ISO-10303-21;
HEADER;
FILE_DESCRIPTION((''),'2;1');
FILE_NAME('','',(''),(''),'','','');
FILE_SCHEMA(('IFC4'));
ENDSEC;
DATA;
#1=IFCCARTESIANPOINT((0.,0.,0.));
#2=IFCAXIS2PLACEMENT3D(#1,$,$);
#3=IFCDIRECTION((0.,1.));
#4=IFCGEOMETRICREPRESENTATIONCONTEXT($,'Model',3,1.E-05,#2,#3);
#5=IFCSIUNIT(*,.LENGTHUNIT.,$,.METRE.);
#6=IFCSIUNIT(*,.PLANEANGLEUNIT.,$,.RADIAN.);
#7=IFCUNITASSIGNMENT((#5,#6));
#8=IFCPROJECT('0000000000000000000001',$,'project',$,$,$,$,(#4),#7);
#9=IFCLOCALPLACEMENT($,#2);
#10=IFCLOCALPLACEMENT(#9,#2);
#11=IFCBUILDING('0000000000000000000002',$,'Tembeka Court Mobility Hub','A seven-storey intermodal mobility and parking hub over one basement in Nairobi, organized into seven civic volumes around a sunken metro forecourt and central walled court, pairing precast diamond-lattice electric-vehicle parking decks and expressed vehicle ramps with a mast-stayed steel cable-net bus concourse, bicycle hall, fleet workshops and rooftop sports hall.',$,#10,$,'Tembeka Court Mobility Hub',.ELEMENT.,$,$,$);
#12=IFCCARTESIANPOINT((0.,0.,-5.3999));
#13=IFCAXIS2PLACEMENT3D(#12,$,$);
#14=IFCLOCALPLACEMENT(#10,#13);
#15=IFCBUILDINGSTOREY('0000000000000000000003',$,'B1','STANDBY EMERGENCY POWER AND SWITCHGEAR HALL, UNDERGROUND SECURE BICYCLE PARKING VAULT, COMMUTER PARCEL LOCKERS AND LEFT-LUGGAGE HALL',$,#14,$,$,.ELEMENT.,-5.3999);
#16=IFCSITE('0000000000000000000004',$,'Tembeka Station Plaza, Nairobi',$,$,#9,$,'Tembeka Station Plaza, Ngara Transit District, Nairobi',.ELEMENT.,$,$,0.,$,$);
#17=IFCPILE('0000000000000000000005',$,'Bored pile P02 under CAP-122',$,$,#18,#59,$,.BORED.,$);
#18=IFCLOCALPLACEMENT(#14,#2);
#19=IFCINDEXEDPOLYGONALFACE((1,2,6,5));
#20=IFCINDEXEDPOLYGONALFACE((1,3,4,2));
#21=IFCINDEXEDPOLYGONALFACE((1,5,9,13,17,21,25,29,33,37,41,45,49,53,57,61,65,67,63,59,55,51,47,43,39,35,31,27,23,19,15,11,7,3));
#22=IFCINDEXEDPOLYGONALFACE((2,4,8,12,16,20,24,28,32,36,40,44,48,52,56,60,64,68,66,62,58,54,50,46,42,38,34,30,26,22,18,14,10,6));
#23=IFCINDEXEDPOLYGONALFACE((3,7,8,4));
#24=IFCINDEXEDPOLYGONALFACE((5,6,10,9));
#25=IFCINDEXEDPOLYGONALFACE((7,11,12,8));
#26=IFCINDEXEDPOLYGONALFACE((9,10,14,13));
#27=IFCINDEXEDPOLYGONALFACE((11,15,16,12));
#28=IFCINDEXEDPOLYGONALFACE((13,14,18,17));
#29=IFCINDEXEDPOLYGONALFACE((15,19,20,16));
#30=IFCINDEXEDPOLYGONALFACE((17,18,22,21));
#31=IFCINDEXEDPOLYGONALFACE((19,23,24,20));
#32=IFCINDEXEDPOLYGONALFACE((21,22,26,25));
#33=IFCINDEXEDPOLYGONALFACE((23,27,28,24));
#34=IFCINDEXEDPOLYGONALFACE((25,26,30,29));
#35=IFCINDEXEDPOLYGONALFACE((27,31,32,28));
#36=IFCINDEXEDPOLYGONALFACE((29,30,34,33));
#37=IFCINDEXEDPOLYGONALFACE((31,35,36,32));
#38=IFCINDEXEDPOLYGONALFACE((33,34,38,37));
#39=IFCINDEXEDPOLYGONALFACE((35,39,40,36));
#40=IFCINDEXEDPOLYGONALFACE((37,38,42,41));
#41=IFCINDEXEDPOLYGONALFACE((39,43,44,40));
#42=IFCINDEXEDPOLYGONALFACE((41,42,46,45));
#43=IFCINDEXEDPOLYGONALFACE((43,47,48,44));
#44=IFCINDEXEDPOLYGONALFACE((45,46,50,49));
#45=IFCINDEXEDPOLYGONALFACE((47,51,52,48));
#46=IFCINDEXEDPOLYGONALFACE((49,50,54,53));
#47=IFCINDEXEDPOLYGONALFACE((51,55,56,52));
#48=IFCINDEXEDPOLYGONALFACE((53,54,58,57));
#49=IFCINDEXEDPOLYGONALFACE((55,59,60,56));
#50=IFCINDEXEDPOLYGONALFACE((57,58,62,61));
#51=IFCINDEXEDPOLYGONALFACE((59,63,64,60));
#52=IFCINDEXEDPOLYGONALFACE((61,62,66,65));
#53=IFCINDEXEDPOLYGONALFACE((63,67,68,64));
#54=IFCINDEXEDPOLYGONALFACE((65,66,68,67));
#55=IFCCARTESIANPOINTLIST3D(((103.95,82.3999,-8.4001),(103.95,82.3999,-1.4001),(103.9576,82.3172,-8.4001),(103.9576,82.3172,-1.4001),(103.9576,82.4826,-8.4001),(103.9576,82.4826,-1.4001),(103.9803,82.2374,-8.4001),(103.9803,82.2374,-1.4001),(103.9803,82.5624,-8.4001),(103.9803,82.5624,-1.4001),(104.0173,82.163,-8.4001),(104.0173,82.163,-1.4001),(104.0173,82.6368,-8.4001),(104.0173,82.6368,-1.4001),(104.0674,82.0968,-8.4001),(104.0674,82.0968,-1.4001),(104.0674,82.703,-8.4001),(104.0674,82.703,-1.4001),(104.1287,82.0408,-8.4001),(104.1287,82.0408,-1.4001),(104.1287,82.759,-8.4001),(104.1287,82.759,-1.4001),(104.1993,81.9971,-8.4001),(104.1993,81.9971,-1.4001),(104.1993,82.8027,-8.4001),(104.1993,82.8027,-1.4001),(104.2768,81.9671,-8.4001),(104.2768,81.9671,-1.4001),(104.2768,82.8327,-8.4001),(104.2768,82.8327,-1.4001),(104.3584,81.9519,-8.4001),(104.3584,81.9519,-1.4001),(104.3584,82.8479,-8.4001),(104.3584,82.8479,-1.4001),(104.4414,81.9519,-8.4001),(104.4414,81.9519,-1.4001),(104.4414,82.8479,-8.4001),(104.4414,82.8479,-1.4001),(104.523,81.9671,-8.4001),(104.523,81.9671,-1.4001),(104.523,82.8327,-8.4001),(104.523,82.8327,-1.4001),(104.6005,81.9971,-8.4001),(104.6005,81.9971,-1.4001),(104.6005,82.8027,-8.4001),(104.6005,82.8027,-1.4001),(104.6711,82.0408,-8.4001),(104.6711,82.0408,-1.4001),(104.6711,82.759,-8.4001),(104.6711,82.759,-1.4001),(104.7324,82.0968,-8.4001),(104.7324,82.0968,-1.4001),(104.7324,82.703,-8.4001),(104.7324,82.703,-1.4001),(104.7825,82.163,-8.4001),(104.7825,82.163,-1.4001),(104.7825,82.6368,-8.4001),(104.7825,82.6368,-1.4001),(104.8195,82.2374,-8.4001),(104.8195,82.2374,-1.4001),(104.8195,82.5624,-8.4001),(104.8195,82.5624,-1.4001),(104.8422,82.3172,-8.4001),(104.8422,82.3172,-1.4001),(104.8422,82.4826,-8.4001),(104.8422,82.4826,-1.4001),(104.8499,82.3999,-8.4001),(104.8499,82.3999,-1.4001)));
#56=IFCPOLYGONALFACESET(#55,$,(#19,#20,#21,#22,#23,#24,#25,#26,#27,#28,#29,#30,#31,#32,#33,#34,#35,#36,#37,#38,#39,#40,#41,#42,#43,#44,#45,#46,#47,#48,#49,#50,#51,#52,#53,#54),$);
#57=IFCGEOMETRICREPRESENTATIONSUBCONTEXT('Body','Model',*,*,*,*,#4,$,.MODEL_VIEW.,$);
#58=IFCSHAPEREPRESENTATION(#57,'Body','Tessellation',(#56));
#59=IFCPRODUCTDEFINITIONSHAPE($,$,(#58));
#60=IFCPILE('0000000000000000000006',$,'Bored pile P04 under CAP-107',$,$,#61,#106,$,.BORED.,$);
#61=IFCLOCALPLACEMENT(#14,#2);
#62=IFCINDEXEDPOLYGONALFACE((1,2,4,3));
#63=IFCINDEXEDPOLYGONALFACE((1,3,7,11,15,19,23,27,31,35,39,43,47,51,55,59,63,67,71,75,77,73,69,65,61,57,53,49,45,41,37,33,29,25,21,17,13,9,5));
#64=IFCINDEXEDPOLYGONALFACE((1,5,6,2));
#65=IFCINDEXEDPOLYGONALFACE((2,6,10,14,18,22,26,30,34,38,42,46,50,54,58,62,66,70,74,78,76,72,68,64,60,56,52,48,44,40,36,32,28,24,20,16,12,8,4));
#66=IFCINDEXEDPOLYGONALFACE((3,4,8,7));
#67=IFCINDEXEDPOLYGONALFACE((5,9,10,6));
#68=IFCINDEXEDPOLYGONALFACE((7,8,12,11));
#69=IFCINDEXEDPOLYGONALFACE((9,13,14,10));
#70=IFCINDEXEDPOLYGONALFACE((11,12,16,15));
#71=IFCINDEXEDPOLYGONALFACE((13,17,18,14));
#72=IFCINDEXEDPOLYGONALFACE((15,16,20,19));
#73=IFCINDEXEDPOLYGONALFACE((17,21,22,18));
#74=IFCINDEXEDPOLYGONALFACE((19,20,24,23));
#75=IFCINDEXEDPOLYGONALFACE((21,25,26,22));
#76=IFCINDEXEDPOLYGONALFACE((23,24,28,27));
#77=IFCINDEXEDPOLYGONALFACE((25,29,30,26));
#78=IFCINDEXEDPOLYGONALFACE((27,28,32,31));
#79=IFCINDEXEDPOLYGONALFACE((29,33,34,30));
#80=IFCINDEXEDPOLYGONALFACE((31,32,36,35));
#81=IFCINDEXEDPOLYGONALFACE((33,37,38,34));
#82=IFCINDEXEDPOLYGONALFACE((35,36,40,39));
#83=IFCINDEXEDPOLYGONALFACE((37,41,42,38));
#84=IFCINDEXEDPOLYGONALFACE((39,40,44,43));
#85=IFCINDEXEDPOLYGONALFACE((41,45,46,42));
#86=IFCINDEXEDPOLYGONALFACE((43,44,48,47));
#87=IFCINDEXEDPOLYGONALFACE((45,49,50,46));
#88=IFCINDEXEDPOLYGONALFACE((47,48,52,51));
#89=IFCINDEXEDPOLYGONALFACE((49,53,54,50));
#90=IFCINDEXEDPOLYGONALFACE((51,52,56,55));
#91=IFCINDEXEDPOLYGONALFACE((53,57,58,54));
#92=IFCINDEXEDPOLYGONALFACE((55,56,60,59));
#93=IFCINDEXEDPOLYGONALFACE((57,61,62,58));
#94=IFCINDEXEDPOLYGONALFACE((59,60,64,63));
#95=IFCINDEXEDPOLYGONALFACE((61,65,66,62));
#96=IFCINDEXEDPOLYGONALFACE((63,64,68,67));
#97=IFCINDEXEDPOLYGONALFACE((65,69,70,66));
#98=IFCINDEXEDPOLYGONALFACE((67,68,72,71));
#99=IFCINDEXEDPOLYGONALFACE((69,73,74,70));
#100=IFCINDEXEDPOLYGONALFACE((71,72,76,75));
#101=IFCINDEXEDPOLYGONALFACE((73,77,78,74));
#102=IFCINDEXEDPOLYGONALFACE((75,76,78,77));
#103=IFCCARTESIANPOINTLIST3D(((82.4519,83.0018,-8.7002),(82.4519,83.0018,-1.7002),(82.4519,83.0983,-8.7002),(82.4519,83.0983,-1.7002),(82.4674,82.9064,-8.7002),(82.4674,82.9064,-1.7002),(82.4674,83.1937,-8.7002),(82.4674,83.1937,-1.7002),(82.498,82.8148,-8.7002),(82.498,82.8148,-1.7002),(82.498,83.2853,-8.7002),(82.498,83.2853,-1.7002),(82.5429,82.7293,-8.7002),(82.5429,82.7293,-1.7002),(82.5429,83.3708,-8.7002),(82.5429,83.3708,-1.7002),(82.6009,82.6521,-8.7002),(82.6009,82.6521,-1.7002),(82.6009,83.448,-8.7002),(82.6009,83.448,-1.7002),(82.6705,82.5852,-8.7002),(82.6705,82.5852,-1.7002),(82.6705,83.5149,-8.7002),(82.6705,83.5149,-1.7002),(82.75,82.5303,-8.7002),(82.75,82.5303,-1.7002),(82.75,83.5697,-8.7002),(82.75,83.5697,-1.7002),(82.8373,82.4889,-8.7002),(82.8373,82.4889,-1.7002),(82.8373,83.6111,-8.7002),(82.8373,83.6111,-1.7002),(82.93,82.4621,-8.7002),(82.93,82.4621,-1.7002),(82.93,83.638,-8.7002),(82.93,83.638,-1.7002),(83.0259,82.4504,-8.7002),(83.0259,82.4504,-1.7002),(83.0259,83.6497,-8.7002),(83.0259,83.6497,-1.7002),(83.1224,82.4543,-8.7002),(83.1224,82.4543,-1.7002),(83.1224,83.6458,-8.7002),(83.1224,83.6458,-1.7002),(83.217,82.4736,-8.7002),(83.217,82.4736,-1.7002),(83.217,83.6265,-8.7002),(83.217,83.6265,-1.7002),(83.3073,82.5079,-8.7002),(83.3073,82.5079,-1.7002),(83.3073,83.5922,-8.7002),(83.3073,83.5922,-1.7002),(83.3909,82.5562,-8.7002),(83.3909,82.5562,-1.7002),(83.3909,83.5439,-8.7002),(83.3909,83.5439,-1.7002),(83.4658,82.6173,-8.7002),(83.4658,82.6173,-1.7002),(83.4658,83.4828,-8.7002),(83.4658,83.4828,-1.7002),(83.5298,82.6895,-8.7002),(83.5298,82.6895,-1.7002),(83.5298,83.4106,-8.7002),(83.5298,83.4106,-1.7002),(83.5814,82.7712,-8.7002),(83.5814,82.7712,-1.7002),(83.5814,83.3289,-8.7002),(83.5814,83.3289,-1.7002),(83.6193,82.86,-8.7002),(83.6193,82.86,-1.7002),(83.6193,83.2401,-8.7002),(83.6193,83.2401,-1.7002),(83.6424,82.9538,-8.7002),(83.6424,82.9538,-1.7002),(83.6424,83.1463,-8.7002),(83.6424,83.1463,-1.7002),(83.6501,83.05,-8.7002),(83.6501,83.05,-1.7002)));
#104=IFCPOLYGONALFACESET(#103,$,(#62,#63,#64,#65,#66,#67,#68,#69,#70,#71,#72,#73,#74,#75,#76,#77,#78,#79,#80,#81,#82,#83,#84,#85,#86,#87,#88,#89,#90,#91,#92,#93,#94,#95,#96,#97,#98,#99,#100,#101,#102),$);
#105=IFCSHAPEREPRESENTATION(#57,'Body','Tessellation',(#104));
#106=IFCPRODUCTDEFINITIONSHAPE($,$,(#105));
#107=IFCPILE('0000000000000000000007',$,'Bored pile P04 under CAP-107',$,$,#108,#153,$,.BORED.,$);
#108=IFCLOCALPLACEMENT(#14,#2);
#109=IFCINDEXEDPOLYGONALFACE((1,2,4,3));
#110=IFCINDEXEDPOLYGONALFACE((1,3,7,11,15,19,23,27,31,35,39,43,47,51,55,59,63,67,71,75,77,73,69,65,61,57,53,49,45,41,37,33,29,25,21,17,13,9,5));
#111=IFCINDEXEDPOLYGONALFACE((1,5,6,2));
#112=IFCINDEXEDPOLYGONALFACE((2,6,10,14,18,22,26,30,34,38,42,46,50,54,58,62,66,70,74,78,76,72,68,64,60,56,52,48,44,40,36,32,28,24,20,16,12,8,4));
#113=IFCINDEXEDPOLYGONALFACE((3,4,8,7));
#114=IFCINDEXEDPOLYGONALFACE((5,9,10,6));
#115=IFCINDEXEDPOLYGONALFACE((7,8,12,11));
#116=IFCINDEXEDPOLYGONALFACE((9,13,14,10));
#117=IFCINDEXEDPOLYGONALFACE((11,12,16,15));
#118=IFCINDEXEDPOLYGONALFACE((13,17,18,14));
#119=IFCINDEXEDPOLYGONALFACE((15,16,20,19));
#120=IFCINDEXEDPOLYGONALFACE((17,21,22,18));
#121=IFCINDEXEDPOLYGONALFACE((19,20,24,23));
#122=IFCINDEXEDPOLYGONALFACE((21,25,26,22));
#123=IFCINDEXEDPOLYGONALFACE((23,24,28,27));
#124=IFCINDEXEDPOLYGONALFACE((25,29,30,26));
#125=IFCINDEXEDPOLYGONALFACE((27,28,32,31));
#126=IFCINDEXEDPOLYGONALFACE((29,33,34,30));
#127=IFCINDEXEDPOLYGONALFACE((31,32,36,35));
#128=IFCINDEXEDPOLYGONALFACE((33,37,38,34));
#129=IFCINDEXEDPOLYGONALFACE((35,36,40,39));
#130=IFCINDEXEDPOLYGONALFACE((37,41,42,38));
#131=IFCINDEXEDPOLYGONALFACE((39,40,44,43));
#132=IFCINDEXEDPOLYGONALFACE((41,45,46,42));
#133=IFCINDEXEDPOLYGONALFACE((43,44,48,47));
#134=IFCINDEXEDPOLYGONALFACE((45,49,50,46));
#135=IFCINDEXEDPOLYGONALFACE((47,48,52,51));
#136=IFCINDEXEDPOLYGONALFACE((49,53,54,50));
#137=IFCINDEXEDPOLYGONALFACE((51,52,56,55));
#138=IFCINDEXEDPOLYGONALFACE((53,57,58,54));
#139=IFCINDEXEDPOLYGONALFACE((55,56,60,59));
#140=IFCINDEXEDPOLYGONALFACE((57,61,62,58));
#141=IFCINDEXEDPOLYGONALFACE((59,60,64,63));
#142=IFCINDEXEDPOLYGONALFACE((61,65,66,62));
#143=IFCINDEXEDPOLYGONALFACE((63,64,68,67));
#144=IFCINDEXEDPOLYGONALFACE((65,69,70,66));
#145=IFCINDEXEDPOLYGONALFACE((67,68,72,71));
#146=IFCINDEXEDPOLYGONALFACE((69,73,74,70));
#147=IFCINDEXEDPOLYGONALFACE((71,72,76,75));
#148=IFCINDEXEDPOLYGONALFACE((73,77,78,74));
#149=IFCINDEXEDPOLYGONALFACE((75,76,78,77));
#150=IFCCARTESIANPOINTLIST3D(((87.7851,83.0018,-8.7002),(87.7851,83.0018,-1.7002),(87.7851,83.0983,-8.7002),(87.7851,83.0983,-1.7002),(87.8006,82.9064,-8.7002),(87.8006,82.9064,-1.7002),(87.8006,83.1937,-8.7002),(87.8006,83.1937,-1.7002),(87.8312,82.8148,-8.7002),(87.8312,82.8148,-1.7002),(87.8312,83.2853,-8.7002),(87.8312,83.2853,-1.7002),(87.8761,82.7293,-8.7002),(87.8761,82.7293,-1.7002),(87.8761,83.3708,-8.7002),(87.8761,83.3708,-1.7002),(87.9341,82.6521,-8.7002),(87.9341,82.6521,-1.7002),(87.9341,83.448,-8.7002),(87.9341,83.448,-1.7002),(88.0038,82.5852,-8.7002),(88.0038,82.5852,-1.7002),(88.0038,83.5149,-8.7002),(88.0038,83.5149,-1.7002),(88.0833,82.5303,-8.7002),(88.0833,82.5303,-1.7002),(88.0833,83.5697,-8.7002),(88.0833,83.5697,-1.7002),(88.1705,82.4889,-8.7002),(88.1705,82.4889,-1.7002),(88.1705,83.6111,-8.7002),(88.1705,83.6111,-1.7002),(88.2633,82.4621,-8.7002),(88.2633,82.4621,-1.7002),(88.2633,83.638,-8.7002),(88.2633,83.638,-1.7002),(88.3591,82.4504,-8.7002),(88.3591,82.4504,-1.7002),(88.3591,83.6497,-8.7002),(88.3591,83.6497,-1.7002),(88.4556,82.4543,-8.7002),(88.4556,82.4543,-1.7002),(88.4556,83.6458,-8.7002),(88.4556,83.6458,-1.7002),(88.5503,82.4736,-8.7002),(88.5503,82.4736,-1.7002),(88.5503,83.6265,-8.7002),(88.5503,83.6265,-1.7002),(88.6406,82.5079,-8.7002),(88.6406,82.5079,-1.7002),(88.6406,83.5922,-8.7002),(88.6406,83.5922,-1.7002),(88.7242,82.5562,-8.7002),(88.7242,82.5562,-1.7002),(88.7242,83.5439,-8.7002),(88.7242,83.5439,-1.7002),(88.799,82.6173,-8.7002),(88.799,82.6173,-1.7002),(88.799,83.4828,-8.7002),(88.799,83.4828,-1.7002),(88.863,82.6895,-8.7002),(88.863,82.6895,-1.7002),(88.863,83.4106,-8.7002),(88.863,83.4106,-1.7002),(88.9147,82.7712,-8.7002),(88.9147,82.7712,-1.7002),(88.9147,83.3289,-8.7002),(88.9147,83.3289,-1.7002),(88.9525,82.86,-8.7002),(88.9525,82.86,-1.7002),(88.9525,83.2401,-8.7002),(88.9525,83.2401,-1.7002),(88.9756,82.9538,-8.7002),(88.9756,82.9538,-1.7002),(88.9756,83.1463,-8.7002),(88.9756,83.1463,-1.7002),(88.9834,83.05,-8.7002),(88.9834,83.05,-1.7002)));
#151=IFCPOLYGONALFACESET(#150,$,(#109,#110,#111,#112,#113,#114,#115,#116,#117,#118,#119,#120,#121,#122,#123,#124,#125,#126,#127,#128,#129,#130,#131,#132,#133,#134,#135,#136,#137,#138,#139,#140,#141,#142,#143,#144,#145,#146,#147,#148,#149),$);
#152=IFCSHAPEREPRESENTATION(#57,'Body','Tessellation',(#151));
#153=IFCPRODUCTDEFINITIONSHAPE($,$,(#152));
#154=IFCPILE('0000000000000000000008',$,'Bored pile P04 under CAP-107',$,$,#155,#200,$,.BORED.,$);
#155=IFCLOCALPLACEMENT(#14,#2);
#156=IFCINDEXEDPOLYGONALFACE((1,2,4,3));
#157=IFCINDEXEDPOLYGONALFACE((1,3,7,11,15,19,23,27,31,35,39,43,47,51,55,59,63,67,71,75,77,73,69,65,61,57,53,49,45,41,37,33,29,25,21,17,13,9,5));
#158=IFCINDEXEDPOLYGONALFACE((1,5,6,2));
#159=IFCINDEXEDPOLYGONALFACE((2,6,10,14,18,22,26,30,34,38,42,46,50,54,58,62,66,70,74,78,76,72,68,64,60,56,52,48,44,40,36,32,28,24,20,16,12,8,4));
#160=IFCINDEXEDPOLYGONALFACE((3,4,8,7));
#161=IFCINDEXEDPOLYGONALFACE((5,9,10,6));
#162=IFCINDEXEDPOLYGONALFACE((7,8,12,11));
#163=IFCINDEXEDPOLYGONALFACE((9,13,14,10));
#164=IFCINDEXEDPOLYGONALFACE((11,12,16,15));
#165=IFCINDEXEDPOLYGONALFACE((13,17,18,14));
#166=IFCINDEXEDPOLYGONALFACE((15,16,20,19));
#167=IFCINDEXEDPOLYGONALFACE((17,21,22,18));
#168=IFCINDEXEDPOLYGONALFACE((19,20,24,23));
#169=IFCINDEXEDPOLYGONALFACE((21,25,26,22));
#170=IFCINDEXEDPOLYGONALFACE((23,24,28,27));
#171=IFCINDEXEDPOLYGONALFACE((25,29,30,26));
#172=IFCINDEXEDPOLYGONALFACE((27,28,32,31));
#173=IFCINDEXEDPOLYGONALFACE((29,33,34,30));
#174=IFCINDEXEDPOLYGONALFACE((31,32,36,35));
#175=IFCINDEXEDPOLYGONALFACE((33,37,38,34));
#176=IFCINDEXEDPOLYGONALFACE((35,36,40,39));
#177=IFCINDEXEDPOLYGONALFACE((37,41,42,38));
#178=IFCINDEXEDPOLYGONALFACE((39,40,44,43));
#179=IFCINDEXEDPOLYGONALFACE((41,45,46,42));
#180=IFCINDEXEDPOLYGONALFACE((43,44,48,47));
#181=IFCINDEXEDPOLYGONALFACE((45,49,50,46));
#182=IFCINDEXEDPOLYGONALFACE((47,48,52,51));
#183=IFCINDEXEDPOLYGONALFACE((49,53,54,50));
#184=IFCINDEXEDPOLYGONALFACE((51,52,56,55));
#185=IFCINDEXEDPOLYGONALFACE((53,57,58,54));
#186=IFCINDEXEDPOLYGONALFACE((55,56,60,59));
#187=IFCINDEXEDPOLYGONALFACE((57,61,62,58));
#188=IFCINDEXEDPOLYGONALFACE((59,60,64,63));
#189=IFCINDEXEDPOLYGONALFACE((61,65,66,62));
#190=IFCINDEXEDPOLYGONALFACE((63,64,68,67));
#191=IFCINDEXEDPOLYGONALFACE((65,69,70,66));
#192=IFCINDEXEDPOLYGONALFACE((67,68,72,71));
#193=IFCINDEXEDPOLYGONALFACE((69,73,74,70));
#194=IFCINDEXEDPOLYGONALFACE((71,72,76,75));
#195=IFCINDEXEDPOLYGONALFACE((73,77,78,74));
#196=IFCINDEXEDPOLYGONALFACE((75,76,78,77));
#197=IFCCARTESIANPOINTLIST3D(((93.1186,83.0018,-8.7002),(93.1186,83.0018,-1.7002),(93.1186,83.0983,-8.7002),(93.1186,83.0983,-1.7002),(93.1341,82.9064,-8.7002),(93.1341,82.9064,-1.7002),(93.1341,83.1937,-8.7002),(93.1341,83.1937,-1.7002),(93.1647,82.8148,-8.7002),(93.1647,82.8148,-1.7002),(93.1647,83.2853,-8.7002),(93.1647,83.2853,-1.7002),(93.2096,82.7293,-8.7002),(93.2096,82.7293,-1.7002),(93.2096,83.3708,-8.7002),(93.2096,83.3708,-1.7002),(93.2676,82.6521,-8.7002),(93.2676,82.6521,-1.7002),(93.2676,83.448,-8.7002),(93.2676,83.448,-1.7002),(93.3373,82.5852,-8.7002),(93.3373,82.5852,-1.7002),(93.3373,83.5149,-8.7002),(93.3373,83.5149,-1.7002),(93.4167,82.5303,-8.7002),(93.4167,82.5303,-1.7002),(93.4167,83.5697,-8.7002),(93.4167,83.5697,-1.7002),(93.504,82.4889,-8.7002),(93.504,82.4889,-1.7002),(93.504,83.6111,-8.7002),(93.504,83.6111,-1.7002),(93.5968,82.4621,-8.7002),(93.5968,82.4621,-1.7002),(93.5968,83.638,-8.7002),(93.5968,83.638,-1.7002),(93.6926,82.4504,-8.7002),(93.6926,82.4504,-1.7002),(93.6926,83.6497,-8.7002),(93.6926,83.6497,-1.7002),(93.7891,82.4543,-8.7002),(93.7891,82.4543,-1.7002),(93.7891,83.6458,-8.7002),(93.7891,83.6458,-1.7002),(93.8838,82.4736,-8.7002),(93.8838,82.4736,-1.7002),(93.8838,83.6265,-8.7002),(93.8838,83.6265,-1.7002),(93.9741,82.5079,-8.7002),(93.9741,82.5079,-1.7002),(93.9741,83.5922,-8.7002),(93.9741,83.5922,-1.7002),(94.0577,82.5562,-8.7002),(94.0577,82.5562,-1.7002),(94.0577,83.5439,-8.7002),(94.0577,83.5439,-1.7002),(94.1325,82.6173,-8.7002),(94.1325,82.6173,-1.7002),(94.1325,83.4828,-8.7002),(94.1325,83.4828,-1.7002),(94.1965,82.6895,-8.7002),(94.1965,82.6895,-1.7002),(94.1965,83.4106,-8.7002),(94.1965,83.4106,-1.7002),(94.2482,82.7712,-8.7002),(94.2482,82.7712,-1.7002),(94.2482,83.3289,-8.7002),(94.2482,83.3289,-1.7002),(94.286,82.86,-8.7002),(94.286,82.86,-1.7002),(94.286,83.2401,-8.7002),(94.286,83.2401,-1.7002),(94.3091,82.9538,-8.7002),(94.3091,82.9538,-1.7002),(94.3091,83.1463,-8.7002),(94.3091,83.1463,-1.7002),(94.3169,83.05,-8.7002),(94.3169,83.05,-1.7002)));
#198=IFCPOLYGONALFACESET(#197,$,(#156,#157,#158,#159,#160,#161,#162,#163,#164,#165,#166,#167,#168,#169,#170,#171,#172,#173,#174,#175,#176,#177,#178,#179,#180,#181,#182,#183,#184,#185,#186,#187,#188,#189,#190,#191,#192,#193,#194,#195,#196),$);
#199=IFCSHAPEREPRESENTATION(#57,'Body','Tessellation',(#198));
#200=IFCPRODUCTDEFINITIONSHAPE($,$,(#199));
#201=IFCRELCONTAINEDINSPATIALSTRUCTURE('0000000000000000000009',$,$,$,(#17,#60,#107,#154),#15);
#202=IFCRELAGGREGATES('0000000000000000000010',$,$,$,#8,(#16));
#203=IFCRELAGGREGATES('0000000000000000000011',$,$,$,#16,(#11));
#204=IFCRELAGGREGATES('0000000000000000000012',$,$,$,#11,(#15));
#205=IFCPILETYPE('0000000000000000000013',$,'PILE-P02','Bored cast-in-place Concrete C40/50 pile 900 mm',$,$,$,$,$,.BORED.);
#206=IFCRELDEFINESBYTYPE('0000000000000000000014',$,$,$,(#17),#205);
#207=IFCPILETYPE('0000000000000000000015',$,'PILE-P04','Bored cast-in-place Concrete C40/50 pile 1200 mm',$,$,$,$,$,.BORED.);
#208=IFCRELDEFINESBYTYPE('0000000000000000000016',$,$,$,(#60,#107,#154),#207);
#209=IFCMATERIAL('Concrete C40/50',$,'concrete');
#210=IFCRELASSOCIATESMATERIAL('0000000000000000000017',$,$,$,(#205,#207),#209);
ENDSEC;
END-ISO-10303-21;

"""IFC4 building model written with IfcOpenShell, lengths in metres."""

from ifc_helpers import new_model, si_unit, direction, frame, origin, origin_2d, place, context, subcontext, project, spatial, circle, extrude, material, material_profile, profile_set, type_object, element, save


model = new_model("IFC4")

# Units and contexts
model_context = context("Model", 3, precision=1e-05, world=origin(), true_north=direction((0.0, 1.0)))
body_context = subcontext(model_context, "Body", "Model", "MODEL_VIEW")
ifc_project = project(units=[si_unit("LENGTHUNIT", "METRE"), si_unit("PLANEANGLEUNIT", "RADIAN")], contexts=[model_context])

# Site, building, storey
site_placement = place(None, origin())
site = spatial("IfcSite", under=ifc_project, at=site_placement, Name="Tembeka Station Plaza, Nairobi", LongName="Tembeka Station Plaza, Ngara Transit District, Nairobi", CompositionType="ELEMENT", RefElevation=0.0)
building_placement = place(site_placement, origin())
building = spatial("IfcBuilding", under=site, at=building_placement, Name="Tembeka Court Mobility Hub", Description="A seven-storey intermodal mobility and parking hub over one basement in Nairobi, organized into seven civic volumes around a sunken metro forecourt and central walled court, pairing precast diamond-lattice electric-vehicle parking decks and expressed vehicle ramps with a mast-stayed steel cable-net bus concourse, bicycle hall, fleet workshops and rooftop sports hall.", LongName="Tembeka Court Mobility Hub", CompositionType="ELEMENT")
storey_placement = place(building_placement, frame((0.0, 0.0, -5.3999)))
storey = spatial("IfcBuildingStorey", under=building, at=storey_placement, Name="B1", Description="STANDBY EMERGENCY POWER AND SWITCHGEAR HALL, UNDERGROUND SECURE BICYCLE PARKING VAULT, COMMUTER PARCEL LOCKERS AND LEFT-LUGGAGE HALL", CompositionType="ELEMENT", Elevation=-5.3999)

# Shared definitions
ifc_material_1 = material(Name="Concrete C40/50", Category="concrete")

# Piles
ifc_material_profile_1 = material_profile(ifc_material_1, circle(Radius=0.45, at=origin_2d()), Name="PILE D900")
ifc_profile_set_1 = profile_set([ifc_material_profile_1], Name="Concrete C40/50")
pile_type_1 = type_object("IfcPileType", Name="PILE-P02", Description="Bored cast-in-place Concrete C40/50 pile 900 mm", PredefinedType="BORED", material=ifc_profile_set_1)
for number, where, z_axis, x_axis, name in (
    (1, (104.3999, 82.3999, -1.4001), (0.0, 0.0, -1.0), (1.0, 0.0, 0.0), "Bored pile P02 under CAP-122"),
):
    element("IfcPile", number, at=place(storey_placement, frame(where, z_axis=z_axis, x_axis=x_axis)), inside=storey, type_object=pile_type_1, Name=name, PredefinedType="BORED", context=body_context, shape_type="SweptSolid", body=[
        extrude(circle(Radius=0.45, at=origin_2d()), origin(), (0.0, 0.0, 1.0), 7.0),
    ])
ifc_material_profile_2 = material_profile(ifc_material_1, circle(Radius=0.6001, at=origin_2d()), Name="PILE D1200")
ifc_profile_set_2 = profile_set([ifc_material_profile_2], Name="Concrete C40/50")
pile_type_2 = type_object("IfcPileType", Name="PILE-P04", Description="Bored cast-in-place Concrete C40/50 pile 1200 mm", PredefinedType="BORED", material=ifc_profile_set_2)
for number, where, z_axis, x_axis, name in (
    (2, (83.05, 83.05, -1.7002), (0.0, 0.0, -1.0), (1.0, 0.0, 0.0), "Bored pile P04 under CAP-107"),
    (3, (88.3833, 83.05, -1.7002), (0.0, 0.0, -1.0), (1.0, 0.0, 0.0), "Bored pile P04 under CAP-107"),
    (4, (93.7168, 83.05, -1.7002), (0.0, 0.0, -1.0), (1.0, 0.0, 0.0), "Bored pile P04 under CAP-107"),
):
    element("IfcPile", number, at=place(storey_placement, frame(where, z_axis=z_axis, x_axis=x_axis)), inside=storey, type_object=pile_type_2, Name=name, PredefinedType="BORED", context=body_context, shape_type="SweptSolid", body=[
        extrude(circle(Radius=0.6001, at=origin_2d()), origin(), (0.0, 0.0, 1.0), 7.0),
    ])

save(model, "model.ifc")
